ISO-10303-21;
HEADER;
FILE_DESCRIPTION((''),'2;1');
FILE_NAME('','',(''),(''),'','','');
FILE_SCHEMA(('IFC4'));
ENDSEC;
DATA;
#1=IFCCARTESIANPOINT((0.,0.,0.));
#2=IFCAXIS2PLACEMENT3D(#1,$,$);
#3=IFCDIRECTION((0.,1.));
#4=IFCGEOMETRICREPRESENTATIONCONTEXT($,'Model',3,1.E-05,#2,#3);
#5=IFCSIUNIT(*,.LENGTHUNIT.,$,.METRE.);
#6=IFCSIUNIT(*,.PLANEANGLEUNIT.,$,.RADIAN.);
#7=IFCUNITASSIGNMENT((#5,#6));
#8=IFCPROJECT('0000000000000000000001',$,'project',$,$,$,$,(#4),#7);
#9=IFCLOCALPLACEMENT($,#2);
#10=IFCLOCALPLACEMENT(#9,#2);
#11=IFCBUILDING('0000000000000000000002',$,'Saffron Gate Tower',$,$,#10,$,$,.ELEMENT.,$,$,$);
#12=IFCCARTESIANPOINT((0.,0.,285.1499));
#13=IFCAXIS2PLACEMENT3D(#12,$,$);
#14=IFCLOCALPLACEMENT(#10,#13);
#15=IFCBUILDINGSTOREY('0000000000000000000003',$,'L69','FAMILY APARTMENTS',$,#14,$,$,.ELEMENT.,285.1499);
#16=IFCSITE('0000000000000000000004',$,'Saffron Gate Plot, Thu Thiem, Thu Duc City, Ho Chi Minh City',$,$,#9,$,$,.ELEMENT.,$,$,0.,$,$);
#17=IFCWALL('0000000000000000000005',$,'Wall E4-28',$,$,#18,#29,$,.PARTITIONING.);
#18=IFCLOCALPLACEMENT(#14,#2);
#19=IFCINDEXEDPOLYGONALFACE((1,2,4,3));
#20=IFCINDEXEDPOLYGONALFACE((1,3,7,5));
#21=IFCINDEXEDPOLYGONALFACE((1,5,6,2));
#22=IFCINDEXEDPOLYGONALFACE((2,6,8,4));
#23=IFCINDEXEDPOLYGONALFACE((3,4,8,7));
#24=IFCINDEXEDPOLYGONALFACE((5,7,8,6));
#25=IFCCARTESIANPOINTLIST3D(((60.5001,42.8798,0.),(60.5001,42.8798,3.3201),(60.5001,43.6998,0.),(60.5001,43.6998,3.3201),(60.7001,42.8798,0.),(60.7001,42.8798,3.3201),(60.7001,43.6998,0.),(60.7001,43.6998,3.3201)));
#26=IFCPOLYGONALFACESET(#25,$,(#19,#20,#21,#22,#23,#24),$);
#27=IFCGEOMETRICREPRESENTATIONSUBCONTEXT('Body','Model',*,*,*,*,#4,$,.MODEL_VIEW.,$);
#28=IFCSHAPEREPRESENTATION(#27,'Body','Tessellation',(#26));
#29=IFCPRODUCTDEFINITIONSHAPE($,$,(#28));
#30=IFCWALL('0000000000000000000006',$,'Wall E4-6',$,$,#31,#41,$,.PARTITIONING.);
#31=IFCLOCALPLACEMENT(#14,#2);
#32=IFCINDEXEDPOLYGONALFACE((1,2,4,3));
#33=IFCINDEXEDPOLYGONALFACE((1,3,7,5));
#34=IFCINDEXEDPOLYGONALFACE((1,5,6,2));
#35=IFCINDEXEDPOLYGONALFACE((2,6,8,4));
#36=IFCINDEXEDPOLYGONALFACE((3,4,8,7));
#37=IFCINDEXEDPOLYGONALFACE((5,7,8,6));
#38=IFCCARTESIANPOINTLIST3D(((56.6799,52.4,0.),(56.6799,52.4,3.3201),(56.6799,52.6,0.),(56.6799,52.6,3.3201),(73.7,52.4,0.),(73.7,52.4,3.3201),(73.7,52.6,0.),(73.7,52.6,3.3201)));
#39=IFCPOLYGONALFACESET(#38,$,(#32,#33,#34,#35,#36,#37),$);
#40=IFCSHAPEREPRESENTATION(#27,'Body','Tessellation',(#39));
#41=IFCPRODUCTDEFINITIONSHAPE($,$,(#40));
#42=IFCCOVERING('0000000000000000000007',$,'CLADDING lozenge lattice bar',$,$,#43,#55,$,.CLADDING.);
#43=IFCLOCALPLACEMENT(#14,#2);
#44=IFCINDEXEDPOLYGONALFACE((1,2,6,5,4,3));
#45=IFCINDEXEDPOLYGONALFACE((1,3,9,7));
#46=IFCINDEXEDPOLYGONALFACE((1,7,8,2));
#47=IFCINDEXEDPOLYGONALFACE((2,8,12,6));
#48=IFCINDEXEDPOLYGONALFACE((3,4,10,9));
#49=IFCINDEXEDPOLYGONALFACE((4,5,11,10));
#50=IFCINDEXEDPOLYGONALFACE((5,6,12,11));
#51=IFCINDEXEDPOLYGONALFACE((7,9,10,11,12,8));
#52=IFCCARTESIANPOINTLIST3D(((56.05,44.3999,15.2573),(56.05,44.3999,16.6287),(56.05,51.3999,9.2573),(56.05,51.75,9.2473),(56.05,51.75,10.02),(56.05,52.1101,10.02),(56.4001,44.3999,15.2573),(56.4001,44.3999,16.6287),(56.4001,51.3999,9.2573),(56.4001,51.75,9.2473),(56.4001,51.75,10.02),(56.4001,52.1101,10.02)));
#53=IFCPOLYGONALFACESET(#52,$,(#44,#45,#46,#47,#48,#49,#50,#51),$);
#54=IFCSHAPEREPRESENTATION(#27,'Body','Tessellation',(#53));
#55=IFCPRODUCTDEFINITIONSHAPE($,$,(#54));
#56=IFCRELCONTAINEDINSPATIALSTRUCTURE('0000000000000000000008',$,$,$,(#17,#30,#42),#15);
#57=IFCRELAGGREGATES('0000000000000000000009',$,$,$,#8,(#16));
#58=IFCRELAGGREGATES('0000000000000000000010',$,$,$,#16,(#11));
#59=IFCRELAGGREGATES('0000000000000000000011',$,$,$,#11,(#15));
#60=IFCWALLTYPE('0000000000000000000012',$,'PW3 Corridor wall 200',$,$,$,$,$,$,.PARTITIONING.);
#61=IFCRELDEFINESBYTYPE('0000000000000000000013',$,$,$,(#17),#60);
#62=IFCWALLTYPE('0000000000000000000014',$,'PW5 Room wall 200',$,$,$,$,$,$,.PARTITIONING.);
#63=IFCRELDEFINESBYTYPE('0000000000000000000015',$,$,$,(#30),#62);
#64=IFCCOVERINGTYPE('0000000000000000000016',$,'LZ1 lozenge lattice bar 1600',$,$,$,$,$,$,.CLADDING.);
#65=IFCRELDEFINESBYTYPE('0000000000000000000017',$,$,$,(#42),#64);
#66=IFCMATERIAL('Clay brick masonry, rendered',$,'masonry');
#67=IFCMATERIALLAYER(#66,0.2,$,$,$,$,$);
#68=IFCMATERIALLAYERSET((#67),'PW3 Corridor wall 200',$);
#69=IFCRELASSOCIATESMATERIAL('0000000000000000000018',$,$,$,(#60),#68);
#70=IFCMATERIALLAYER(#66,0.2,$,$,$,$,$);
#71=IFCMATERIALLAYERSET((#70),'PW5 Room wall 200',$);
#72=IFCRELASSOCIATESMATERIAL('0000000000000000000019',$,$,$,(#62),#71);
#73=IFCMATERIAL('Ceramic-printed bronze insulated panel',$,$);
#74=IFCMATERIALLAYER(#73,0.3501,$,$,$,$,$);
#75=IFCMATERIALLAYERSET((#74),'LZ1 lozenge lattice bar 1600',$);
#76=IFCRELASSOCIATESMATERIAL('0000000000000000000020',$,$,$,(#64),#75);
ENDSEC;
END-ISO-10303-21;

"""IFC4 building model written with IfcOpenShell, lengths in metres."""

from ifc_helpers import new_model, si_unit, direction, frame, frame_2d, origin, place, context, subcontext, project, spatial, polyline, rectangle, outline, extrude, material, layer, layer_set, type_object, element, save


model = new_model("IFC4")

# Units and contexts
model_context = context("Model", 3, precision=1e-05, world=origin(), true_north=direction((0.0, 1.0)))
body_context = subcontext(model_context, "Body", "Model", "MODEL_VIEW")
ifc_project = project(units=[si_unit("LENGTHUNIT", "METRE"), si_unit("PLANEANGLEUNIT", "RADIAN")], contexts=[model_context])

# Site, building, storey
site_placement = place(None, origin())
site = spatial("IfcSite", under=ifc_project, at=site_placement, Name="Saffron Gate Plot, Thu Thiem, Thu Duc City, Ho Chi Minh City", CompositionType="ELEMENT", RefElevation=0.0)
building_placement = place(site_placement, origin())
building = spatial("IfcBuilding", under=site, at=building_placement, Name="Saffron Gate Tower", CompositionType="ELEMENT")
storey_placement = place(building_placement, frame((0.0, 0.0, 285.1499)))
storey = spatial("IfcBuildingStorey", under=building, at=storey_placement, Name="L69", Description="FAMILY APARTMENTS", CompositionType="ELEMENT", Elevation=285.1499)

# Shared definitions
ifc_material_1 = material(Name="Clay brick masonry, rendered", Category="masonry")
ifc_layer_1 = layer(ifc_material_1, 0.2)
ifc_layer_set_1 = layer_set([ifc_layer_1], Name="PW3 Corridor wall 200")
wall_type_1 = type_object("IfcWallType", Name="PW3 Corridor wall 200", PredefinedType="PARTITIONING", material=ifc_layer_set_1)

# Walls
wall_1_placement = place(storey_placement, frame((60.6001, 43.7, 0.0), z_axis=(0.0, 0.0, 1.0), x_axis=(0.0, -1.0, 0.0)))
element("IfcWall", 1, at=wall_1_placement, inside=storey, type_object=wall_type_1, Name="Wall E4-28", PredefinedType="PARTITIONING", context=body_context, shape_type="SweptSolid", body=[
    extrude(rectangle(XDim=0.8201, YDim=0.2, at=frame_2d((0.4102, 0.0))), origin(), (0.0, 0.0, 1.0), 3.3201),
])
ifc_layer_2 = layer(ifc_material_1, 0.2)
ifc_layer_set_2 = layer_set([ifc_layer_2], Name="PW5 Room wall 200")
wall_type_2 = type_object("IfcWallType", Name="PW5 Room wall 200", PredefinedType="PARTITIONING", material=ifc_layer_set_2)
wall_2_placement = place(storey_placement, frame((56.6799, 52.5, 0.0), z_axis=(0.0, 0.0, 1.0), x_axis=(1.0, 0.0, 0.0)))
element("IfcWall", 2, at=wall_2_placement, inside=storey, type_object=wall_type_2, Name="Wall E4-6", PredefinedType="PARTITIONING", context=body_context, shape_type="SweptSolid", body=[
    extrude(rectangle(XDim=17.02, YDim=0.2, at=frame_2d((8.51, 0.0))), origin(), (0.0, 0.0, 1.0), 3.3201),
])

# Covering
ifc_material_2 = material(Name="Ceramic-printed bronze insulated panel")
ifc_layer_3 = layer(ifc_material_2, 0.3501)
ifc_layer_set_3 = layer_set([ifc_layer_3], Name="LZ1 lozenge lattice bar 1600")
covering_type = type_object("IfcCoveringType", Name="LZ1 lozenge lattice bar 1600", PredefinedType="CLADDING", material=ifc_layer_set_3)
covering_placement = place(storey_placement, frame((56.05, 52.1101, 10.02), z_axis=(-1.0, 0.0, 0.0), x_axis=(0.0, -1.0, 0.0)))
element("IfcCovering", 3, at=covering_placement, inside=storey, type_object=covering_type, Name="CLADDING lozenge lattice bar", PredefinedType="CLADDING", context=body_context, shape_type="SweptSolid", body=[
    extrude(outline(polyline([(0.0, 0.0), (0.3601, 0.0), (0.3601, -0.7727), (0.7102, -0.7627), (7.7102, 5.2373), (7.7102, 6.6086), (0.0, 0.0)])), origin(), (0.0, 0.0, -1.0), 0.3501),
])

save(model, "model.ifc")
